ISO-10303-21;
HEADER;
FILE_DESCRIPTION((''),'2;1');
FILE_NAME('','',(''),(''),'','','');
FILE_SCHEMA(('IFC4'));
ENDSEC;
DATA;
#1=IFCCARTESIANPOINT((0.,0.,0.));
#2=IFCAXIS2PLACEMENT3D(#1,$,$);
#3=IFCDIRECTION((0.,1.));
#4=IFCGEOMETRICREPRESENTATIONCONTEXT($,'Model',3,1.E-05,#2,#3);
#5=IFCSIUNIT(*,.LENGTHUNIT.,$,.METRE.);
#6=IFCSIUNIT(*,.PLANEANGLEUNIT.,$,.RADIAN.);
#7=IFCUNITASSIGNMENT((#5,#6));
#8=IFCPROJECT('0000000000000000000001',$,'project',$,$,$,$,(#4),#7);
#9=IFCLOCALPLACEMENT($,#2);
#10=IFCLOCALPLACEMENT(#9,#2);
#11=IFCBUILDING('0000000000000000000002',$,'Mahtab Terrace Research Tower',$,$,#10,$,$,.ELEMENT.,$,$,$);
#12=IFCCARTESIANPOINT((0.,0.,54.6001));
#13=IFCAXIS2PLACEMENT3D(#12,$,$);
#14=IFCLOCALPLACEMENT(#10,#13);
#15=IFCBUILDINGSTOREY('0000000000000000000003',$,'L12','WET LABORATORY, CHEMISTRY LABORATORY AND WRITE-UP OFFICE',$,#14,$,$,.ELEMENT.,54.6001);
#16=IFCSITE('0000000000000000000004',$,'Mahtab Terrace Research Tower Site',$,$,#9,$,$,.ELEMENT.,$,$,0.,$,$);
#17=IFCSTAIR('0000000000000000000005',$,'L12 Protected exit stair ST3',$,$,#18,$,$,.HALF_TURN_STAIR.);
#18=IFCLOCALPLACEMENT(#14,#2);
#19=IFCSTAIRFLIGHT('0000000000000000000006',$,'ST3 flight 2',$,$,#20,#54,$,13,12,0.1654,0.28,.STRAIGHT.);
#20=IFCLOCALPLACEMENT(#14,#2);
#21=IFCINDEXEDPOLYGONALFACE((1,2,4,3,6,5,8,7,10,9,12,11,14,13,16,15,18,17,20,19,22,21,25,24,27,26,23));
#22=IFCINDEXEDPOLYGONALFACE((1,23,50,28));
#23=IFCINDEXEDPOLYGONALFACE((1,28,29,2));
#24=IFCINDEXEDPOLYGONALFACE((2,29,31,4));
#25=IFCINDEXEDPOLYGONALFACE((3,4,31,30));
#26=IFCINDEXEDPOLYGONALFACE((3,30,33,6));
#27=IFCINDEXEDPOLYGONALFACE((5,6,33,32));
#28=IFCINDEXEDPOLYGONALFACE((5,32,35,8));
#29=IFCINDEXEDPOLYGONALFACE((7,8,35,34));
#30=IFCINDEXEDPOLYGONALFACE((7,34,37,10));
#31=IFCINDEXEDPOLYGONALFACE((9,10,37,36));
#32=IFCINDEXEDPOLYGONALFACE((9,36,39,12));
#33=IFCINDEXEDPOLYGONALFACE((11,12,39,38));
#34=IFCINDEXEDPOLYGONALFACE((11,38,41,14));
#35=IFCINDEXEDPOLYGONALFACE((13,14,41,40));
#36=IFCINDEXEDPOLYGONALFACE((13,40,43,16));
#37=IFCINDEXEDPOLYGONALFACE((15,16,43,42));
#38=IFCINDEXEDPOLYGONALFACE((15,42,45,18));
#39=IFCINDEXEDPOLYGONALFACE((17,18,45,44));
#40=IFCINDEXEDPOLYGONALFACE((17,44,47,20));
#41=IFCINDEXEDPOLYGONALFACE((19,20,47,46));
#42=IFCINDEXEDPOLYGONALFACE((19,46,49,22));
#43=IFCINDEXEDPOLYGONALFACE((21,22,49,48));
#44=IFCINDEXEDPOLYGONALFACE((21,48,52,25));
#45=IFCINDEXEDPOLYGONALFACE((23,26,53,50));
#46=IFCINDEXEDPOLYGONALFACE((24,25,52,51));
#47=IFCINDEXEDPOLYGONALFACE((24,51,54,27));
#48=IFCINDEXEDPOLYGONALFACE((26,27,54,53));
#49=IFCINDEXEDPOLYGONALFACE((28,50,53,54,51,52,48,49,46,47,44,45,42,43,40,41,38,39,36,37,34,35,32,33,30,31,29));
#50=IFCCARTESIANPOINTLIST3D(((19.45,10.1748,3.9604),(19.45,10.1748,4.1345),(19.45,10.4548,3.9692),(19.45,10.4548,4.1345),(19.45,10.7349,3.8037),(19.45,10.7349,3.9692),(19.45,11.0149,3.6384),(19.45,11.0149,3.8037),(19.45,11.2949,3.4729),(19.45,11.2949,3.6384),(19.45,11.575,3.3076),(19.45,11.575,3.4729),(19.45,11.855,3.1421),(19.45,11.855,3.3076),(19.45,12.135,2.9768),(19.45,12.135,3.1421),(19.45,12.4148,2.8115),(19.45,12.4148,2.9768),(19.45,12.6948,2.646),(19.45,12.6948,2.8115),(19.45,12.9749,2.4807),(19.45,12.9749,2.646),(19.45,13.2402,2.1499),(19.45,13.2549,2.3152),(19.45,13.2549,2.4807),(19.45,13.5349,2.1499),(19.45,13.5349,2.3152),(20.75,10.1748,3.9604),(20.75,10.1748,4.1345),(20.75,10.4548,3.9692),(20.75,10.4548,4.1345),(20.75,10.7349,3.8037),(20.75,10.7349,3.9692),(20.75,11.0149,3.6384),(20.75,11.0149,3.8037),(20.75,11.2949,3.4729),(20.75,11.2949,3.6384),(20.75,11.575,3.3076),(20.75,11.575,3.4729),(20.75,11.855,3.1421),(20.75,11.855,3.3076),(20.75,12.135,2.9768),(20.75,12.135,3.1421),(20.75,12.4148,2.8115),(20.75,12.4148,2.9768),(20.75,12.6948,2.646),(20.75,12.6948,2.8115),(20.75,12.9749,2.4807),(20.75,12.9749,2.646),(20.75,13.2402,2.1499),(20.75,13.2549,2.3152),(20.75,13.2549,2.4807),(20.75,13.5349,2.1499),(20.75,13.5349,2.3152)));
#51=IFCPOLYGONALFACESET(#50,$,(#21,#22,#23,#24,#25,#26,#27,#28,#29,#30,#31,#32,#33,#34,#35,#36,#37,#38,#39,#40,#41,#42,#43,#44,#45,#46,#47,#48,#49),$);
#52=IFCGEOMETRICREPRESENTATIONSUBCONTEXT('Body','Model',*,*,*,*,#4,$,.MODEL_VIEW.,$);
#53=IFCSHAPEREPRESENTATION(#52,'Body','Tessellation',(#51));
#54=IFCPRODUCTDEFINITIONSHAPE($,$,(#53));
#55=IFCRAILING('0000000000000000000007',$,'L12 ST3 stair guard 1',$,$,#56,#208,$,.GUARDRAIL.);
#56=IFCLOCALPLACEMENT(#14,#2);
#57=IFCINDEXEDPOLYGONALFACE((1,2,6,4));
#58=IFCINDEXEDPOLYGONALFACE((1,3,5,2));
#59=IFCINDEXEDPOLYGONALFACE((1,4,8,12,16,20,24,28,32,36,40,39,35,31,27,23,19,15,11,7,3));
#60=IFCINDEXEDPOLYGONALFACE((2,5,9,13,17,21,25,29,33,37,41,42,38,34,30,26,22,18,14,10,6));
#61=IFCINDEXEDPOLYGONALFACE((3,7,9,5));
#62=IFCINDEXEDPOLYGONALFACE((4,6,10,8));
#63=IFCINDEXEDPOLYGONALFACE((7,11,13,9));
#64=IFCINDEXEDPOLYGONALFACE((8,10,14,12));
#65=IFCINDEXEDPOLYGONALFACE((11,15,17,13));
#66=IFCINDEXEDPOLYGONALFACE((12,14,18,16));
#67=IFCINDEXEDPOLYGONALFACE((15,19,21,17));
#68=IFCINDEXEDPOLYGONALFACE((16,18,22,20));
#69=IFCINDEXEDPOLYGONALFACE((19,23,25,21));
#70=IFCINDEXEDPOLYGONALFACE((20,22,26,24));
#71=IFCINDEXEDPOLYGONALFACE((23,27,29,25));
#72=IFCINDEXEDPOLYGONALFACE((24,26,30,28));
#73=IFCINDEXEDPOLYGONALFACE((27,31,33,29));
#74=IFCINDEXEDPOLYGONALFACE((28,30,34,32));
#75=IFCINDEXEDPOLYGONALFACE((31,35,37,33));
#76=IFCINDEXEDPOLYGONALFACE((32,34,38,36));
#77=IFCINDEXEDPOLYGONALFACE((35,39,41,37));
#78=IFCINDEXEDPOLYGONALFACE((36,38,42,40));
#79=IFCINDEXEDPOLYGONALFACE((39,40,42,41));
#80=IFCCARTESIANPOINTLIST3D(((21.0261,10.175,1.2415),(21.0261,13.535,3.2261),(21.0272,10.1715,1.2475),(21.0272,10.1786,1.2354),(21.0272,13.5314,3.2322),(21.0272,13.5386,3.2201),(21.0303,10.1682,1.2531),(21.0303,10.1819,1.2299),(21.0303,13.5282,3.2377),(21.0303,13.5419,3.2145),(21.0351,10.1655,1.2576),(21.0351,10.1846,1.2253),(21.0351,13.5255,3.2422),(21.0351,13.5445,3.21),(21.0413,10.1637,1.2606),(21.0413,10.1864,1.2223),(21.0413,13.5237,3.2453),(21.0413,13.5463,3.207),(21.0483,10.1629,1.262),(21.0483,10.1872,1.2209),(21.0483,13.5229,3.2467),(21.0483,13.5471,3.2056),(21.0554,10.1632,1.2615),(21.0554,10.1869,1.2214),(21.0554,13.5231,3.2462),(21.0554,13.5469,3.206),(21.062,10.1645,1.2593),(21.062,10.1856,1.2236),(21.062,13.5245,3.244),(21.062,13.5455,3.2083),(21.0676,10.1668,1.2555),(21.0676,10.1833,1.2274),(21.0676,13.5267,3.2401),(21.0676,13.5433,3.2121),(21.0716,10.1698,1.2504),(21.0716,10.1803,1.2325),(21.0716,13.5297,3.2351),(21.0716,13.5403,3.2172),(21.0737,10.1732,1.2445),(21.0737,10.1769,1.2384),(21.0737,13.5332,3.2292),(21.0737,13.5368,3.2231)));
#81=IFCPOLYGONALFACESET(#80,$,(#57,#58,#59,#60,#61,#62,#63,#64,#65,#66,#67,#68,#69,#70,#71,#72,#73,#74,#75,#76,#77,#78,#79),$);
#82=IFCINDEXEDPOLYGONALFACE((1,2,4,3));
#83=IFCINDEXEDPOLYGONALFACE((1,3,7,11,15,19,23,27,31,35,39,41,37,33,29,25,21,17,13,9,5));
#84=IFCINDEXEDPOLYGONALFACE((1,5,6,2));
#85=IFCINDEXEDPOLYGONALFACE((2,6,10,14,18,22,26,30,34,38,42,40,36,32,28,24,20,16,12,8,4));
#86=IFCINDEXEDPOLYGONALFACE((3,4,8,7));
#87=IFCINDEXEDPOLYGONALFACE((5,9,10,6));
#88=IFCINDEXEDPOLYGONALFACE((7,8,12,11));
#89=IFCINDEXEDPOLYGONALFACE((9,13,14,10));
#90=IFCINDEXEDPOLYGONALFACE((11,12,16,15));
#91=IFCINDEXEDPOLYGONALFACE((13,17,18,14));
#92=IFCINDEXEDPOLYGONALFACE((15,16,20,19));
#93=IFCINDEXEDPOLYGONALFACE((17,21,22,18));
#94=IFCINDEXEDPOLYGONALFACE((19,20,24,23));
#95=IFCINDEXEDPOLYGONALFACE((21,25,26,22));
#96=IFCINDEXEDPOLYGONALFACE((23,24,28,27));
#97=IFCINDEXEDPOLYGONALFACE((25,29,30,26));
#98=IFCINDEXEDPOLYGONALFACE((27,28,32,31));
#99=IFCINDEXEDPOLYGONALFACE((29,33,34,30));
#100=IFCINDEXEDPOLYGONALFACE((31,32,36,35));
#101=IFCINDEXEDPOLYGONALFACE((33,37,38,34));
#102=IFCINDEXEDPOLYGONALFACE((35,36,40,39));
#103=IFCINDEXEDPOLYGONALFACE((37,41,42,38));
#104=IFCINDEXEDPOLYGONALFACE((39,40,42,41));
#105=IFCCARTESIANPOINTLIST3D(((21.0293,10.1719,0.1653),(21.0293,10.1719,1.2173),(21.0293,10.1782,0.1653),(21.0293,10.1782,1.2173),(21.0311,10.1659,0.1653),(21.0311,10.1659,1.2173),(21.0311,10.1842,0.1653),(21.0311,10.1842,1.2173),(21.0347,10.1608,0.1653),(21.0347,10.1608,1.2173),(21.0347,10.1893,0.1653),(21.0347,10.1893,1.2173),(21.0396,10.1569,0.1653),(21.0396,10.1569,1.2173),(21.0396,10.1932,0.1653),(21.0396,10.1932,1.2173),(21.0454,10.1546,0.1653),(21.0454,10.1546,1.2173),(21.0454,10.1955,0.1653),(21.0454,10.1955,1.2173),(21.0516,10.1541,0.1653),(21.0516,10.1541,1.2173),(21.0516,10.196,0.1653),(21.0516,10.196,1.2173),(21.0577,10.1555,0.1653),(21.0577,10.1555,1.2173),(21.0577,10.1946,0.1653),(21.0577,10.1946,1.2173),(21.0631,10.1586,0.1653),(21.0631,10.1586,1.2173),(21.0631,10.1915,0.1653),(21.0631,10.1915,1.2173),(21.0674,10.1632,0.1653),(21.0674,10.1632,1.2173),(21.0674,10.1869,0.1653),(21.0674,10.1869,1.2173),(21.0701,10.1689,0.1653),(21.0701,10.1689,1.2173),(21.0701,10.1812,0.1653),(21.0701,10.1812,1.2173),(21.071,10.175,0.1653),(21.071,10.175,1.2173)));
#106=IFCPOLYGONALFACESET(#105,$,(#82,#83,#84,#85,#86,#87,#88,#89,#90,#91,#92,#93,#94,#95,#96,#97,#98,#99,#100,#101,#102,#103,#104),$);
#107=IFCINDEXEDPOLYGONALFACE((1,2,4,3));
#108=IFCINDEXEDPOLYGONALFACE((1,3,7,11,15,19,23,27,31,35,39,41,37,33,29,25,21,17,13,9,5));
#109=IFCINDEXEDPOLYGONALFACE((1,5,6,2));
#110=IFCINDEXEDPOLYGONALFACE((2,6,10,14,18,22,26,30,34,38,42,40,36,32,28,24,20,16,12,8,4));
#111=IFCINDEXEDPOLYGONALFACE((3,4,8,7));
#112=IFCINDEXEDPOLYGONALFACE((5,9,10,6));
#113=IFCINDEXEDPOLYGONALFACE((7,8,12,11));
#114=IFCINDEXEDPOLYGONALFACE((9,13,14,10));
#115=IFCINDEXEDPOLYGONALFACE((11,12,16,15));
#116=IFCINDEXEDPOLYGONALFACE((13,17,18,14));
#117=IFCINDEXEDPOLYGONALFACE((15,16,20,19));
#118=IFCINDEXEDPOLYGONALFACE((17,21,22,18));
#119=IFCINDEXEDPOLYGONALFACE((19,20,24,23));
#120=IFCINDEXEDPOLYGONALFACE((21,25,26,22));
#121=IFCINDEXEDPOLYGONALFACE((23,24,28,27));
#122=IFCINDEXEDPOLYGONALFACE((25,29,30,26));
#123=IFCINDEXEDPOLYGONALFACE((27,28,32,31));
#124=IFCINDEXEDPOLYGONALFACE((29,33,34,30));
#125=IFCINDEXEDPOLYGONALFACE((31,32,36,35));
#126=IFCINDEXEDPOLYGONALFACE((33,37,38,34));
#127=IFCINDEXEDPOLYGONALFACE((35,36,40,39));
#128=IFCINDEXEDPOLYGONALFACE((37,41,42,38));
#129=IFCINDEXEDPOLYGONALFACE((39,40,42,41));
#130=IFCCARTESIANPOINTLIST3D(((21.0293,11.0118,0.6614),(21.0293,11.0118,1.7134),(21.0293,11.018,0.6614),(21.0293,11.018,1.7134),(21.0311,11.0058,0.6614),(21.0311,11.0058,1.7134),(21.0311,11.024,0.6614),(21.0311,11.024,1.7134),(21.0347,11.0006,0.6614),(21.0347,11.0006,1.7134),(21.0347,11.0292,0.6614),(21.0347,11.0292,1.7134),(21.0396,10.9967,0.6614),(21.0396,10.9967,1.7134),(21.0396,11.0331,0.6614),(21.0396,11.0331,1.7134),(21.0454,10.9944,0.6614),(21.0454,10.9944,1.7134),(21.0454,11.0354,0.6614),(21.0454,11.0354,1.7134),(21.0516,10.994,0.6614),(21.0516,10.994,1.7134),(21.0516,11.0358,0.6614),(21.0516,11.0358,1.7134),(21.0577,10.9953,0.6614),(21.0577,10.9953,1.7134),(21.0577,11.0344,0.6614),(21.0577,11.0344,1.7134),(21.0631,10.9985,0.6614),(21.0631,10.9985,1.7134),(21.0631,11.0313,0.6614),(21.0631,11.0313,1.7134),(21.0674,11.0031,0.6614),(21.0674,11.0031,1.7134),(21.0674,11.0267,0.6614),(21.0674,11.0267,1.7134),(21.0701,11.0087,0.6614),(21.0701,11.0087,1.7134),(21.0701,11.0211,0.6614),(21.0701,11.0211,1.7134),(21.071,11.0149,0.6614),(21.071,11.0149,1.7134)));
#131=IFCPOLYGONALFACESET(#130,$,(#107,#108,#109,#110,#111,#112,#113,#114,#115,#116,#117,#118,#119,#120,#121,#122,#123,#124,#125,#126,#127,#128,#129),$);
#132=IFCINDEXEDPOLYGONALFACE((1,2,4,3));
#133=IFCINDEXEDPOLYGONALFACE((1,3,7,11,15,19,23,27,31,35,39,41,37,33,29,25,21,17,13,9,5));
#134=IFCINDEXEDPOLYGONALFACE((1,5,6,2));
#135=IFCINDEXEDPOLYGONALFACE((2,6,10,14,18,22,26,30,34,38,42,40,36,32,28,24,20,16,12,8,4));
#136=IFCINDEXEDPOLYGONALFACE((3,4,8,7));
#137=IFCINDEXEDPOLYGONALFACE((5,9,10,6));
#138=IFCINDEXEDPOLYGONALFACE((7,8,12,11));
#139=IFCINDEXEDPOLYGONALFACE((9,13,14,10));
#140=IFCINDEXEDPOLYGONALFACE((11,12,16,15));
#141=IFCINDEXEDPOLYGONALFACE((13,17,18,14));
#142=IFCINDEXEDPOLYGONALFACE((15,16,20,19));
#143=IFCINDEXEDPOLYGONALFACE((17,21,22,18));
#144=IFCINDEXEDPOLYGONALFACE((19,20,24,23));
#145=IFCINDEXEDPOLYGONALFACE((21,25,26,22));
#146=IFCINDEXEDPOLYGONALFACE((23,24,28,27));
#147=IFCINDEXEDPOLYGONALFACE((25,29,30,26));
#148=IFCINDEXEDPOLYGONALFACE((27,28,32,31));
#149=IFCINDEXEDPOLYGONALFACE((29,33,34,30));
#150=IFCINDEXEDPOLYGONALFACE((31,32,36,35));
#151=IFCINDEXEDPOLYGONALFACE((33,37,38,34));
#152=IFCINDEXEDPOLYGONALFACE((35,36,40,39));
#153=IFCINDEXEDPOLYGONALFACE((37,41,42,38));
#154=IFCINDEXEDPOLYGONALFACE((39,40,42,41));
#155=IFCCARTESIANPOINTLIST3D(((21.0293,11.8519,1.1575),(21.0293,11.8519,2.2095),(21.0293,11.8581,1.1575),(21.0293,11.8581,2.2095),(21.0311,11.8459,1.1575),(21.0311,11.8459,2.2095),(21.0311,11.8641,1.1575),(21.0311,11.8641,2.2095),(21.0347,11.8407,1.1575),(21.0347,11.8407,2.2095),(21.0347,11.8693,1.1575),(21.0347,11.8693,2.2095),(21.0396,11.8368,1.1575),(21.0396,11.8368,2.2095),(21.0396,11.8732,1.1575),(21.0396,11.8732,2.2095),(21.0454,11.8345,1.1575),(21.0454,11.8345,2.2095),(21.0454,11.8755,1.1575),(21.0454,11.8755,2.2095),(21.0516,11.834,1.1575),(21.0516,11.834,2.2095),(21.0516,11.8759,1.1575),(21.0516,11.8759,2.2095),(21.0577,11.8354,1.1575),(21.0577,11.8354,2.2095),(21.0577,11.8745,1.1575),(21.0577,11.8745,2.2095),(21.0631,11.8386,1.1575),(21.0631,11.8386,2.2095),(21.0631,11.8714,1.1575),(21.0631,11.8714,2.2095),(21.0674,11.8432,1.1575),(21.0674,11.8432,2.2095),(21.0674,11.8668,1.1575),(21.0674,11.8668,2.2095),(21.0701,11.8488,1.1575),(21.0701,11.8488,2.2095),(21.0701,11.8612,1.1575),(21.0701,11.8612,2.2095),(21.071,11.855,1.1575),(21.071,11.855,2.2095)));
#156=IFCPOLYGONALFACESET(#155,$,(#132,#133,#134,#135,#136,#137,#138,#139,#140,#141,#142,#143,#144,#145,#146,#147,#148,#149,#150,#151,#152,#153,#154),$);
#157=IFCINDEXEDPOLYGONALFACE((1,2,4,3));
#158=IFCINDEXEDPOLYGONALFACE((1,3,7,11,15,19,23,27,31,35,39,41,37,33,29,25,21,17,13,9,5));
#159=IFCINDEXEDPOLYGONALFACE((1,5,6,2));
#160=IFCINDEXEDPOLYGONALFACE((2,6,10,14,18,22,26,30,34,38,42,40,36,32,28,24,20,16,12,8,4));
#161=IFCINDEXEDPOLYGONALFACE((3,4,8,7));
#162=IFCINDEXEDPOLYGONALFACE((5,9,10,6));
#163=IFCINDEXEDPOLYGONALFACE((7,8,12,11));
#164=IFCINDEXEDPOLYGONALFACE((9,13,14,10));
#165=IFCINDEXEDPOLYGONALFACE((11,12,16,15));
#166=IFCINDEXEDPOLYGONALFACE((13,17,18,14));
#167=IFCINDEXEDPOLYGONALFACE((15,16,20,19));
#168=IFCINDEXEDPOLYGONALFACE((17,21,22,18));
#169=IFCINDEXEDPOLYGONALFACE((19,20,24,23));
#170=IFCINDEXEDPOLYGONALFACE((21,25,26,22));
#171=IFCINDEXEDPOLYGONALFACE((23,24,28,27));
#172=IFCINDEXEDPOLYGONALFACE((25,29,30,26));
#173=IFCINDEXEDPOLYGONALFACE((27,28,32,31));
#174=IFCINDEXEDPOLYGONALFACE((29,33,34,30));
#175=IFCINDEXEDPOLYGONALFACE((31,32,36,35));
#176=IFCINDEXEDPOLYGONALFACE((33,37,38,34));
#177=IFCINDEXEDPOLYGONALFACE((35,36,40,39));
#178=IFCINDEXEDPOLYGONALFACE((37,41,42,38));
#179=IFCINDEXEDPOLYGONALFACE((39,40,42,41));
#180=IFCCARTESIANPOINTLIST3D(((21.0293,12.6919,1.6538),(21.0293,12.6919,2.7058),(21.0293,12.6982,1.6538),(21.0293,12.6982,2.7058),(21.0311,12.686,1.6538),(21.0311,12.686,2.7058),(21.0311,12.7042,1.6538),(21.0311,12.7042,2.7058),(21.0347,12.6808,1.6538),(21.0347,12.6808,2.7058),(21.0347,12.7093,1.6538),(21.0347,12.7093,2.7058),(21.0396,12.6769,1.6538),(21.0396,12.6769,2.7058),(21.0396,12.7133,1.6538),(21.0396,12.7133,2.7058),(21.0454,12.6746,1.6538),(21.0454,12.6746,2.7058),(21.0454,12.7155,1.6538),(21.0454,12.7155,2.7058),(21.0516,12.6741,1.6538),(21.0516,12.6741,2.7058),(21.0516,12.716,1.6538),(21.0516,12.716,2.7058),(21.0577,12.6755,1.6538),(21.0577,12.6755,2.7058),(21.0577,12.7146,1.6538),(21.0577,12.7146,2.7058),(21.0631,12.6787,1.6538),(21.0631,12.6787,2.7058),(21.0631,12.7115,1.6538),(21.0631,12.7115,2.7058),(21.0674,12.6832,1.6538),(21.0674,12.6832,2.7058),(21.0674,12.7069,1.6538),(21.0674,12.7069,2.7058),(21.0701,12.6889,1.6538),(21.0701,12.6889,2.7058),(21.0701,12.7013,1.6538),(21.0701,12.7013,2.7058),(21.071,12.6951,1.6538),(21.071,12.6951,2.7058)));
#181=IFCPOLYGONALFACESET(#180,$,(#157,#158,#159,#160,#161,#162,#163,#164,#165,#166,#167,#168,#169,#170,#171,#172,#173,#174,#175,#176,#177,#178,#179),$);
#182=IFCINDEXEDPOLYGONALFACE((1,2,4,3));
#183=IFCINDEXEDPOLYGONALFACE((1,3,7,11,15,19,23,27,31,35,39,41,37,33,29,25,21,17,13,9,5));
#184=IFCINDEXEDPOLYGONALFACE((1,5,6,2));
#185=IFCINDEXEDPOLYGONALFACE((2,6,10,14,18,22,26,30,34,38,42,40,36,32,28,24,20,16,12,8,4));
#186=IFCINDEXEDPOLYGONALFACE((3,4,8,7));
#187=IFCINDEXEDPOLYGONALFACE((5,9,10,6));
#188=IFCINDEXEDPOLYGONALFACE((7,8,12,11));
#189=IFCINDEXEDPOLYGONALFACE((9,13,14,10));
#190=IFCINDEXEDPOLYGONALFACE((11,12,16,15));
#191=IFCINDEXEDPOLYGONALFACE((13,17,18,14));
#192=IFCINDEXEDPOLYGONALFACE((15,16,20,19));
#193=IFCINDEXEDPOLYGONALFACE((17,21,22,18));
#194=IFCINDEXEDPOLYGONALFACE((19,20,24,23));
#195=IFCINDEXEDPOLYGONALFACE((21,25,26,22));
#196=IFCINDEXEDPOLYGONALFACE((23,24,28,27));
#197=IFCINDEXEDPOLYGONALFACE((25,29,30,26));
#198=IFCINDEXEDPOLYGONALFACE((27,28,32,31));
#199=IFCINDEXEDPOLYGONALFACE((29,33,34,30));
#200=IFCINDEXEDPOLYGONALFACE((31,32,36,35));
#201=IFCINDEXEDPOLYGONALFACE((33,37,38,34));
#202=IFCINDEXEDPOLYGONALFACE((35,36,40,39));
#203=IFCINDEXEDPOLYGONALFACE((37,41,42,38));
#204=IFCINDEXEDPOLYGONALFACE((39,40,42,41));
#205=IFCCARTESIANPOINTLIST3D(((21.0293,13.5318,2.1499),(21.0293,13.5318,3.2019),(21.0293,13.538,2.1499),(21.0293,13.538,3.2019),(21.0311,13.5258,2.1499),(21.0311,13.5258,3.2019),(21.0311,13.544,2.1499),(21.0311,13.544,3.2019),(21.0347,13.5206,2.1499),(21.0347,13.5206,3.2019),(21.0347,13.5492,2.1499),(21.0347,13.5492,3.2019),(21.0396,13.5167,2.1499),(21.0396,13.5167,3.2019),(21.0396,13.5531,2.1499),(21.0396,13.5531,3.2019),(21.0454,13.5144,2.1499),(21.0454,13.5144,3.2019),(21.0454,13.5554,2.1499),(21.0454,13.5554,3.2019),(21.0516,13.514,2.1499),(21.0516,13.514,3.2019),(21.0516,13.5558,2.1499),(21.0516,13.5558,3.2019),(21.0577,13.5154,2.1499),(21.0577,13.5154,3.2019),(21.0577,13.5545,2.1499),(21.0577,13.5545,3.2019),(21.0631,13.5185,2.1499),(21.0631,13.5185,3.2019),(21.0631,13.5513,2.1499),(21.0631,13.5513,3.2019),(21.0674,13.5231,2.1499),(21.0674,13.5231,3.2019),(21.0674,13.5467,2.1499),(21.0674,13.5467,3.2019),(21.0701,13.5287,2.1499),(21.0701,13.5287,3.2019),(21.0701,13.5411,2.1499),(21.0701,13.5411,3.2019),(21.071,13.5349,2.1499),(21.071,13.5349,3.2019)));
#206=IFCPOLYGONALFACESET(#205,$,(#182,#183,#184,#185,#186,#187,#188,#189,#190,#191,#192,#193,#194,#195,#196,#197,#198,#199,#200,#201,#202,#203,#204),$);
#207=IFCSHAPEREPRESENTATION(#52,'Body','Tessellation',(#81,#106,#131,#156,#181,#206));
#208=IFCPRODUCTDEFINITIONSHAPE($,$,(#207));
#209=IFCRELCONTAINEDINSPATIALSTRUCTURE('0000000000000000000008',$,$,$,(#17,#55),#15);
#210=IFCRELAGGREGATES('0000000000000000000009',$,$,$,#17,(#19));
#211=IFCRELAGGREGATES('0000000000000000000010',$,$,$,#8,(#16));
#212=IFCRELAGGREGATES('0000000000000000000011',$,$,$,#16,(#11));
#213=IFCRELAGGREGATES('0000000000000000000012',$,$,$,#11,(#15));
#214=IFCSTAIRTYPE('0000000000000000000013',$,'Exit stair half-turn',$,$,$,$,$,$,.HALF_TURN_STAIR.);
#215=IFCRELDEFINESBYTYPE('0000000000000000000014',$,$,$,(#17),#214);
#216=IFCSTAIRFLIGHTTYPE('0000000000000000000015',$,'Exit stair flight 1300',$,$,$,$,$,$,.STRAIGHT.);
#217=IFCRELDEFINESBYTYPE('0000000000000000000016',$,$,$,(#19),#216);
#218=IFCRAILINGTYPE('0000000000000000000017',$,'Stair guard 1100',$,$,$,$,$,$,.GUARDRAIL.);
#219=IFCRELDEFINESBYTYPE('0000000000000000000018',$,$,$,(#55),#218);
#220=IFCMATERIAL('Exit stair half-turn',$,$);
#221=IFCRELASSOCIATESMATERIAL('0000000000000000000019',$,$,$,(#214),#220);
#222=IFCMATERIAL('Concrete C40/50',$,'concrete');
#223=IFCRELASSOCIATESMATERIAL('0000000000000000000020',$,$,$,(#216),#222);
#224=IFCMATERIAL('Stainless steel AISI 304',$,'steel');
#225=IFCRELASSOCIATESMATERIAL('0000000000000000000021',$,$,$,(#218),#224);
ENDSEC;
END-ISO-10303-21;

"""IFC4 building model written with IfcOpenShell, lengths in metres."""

from ifc_helpers import new_model, si_unit, direction, frame, origin, origin_2d, place, context, subcontext, project, spatial, polyline, circle, outline, extrude, material, type_object, element, aggregate, save


model = new_model("IFC4")

# Units and contexts
model_context = context("Model", 3, precision=1e-05, world=origin(), true_north=direction((0.0, 1.0)))
body_context = subcontext(model_context, "Body", "Model", "MODEL_VIEW")
ifc_project = project(units=[si_unit("LENGTHUNIT", "METRE"), si_unit("PLANEANGLEUNIT", "RADIAN")], contexts=[model_context])

# Site, building, storey
site_placement = place(None, origin())
site = spatial("IfcSite", under=ifc_project, at=site_placement, Name="Mahtab Terrace Research Tower Site", CompositionType="ELEMENT", RefElevation=0.0)
building_placement = place(site_placement, origin())
building = spatial("IfcBuilding", under=site, at=building_placement, Name="Mahtab Terrace Research Tower", CompositionType="ELEMENT")
storey_placement = place(building_placement, frame((0.0, 0.0, 54.6001)))
storey = spatial("IfcBuildingStorey", under=building, at=storey_placement, Name="L12", Description="WET LABORATORY, CHEMISTRY LABORATORY AND WRITE-UP OFFICE", CompositionType="ELEMENT", Elevation=54.6001)

# Stair, stair flight
ifc_material_1 = material(Name="Exit stair half-turn")
stair_type = type_object("IfcStairType", Name="Exit stair half-turn", PredefinedType="HALF_TURN_STAIR", material=ifc_material_1)
stair_placement = place(storey_placement, origin())
stair = element("IfcStair", 1, at=stair_placement, inside=storey, type_object=stair_type, Name="L12 Protected exit stair ST3", PredefinedType="HALF_TURN_STAIR")
ifc_material_2 = material(Name="Concrete C40/50", Category="concrete")
stair_flight_type = type_object("IfcStairFlightType", Name="Exit stair flight 1300", PredefinedType="STRAIGHT", material=ifc_material_2)
stair_flight_placement = place(storey_placement, frame((20.1001, 13.5349, 2.1499), z_axis=(0.0, 0.0, 1.0), x_axis=(0.0, -1.0, 0.0)))
stair_flight = element("IfcStairFlight", 2, at=stair_flight_placement, type_object=stair_flight_type, Name="ST3 flight 2", NumberOfRisers=13, NumberOfTreads=12, PredefinedType="STRAIGHT", RiserHeight=0.1654, TreadLength=0.28, context=body_context, shape_type="SweptSolid", body=[
    extrude(outline(polyline([(0.0, 0.0), (0.0, 0.1653), (0.28, 0.1653), (0.28, 0.3308), (0.5601, 0.3308), (0.5601, 0.4961), (0.8401, 0.4961), (0.8401, 0.6616), (1.1201, 0.6616), (1.1201, 0.8269), (1.3999, 0.8269), (1.3999, 0.9922), (1.6799, 0.9922), (1.6799, 1.1577), (1.96, 1.1577), (1.96, 1.323), (2.24, 1.323), (2.24, 1.4885), (2.52, 1.4885), (2.52, 1.6538), (2.8, 1.6538), (2.8, 1.8193), (3.0801, 1.8193), (3.0801, 1.9846), (3.3601, 1.9846), (3.3601, 2.1499), (3.3601, 1.8105), (0.2947, 0.0), (0.0, 0.0)])), frame((0.0, 0.6499, 0.0), z_axis=(0.0, -1.0, 0.0), x_axis=(1.0, 0.0, 0.0)), (0.0, 0.0, 1.0), 1.3),
])
aggregate(stair, [stair_flight])

# Railing
ifc_material_3 = material(Name="Stainless steel AISI 304", Category="steel")
railing_type_1 = type_object("IfcRailingType", Name="Stair guard 1100", PredefinedType="GUARDRAIL", material=ifc_material_3)
railing_1_placement = place(storey_placement, frame((21.05, 10.175, 0.1653)))
element("IfcRailing", 3, at=railing_1_placement, inside=storey, type_object=railing_type_1, Name="L12 ST3 stair guard 1", PredefinedType="GUARDRAIL", context=body_context, shape_type="SweptSolid", body=[
    extrude(circle(Radius=0.0239, at=origin_2d()), frame((0.0, 0.0, 1.0762), z_axis=(0.0, 0.861011, 0.508586), x_axis=(-1.0, 0.0, 0.0)), (0.0, 0.0, 1.0), 3.9023),
    extrude(circle(Radius=0.021, at=origin_2d()), origin(), (0.0, 0.0, 1.0), 1.052),
    extrude(circle(Radius=0.021, at=origin_2d()), frame((0.0, 0.8398, 0.4961)), (0.0, 0.0, 1.0), 1.052),
    extrude(circle(Radius=0.021, at=origin_2d()), frame((0.0, 1.6799, 0.9922)), (0.0, 0.0, 1.0), 1.052),
    extrude(circle(Radius=0.021, at=origin_2d()), frame((0.0, 2.52, 1.4885)), (0.0, 0.0, 1.0), 1.052),
    extrude(circle(Radius=0.021, at=origin_2d()), frame((0.0, 3.3599, 1.9846)), (0.0, 0.0, 1.0), 1.052),
])

save(model, "model.ifc")
